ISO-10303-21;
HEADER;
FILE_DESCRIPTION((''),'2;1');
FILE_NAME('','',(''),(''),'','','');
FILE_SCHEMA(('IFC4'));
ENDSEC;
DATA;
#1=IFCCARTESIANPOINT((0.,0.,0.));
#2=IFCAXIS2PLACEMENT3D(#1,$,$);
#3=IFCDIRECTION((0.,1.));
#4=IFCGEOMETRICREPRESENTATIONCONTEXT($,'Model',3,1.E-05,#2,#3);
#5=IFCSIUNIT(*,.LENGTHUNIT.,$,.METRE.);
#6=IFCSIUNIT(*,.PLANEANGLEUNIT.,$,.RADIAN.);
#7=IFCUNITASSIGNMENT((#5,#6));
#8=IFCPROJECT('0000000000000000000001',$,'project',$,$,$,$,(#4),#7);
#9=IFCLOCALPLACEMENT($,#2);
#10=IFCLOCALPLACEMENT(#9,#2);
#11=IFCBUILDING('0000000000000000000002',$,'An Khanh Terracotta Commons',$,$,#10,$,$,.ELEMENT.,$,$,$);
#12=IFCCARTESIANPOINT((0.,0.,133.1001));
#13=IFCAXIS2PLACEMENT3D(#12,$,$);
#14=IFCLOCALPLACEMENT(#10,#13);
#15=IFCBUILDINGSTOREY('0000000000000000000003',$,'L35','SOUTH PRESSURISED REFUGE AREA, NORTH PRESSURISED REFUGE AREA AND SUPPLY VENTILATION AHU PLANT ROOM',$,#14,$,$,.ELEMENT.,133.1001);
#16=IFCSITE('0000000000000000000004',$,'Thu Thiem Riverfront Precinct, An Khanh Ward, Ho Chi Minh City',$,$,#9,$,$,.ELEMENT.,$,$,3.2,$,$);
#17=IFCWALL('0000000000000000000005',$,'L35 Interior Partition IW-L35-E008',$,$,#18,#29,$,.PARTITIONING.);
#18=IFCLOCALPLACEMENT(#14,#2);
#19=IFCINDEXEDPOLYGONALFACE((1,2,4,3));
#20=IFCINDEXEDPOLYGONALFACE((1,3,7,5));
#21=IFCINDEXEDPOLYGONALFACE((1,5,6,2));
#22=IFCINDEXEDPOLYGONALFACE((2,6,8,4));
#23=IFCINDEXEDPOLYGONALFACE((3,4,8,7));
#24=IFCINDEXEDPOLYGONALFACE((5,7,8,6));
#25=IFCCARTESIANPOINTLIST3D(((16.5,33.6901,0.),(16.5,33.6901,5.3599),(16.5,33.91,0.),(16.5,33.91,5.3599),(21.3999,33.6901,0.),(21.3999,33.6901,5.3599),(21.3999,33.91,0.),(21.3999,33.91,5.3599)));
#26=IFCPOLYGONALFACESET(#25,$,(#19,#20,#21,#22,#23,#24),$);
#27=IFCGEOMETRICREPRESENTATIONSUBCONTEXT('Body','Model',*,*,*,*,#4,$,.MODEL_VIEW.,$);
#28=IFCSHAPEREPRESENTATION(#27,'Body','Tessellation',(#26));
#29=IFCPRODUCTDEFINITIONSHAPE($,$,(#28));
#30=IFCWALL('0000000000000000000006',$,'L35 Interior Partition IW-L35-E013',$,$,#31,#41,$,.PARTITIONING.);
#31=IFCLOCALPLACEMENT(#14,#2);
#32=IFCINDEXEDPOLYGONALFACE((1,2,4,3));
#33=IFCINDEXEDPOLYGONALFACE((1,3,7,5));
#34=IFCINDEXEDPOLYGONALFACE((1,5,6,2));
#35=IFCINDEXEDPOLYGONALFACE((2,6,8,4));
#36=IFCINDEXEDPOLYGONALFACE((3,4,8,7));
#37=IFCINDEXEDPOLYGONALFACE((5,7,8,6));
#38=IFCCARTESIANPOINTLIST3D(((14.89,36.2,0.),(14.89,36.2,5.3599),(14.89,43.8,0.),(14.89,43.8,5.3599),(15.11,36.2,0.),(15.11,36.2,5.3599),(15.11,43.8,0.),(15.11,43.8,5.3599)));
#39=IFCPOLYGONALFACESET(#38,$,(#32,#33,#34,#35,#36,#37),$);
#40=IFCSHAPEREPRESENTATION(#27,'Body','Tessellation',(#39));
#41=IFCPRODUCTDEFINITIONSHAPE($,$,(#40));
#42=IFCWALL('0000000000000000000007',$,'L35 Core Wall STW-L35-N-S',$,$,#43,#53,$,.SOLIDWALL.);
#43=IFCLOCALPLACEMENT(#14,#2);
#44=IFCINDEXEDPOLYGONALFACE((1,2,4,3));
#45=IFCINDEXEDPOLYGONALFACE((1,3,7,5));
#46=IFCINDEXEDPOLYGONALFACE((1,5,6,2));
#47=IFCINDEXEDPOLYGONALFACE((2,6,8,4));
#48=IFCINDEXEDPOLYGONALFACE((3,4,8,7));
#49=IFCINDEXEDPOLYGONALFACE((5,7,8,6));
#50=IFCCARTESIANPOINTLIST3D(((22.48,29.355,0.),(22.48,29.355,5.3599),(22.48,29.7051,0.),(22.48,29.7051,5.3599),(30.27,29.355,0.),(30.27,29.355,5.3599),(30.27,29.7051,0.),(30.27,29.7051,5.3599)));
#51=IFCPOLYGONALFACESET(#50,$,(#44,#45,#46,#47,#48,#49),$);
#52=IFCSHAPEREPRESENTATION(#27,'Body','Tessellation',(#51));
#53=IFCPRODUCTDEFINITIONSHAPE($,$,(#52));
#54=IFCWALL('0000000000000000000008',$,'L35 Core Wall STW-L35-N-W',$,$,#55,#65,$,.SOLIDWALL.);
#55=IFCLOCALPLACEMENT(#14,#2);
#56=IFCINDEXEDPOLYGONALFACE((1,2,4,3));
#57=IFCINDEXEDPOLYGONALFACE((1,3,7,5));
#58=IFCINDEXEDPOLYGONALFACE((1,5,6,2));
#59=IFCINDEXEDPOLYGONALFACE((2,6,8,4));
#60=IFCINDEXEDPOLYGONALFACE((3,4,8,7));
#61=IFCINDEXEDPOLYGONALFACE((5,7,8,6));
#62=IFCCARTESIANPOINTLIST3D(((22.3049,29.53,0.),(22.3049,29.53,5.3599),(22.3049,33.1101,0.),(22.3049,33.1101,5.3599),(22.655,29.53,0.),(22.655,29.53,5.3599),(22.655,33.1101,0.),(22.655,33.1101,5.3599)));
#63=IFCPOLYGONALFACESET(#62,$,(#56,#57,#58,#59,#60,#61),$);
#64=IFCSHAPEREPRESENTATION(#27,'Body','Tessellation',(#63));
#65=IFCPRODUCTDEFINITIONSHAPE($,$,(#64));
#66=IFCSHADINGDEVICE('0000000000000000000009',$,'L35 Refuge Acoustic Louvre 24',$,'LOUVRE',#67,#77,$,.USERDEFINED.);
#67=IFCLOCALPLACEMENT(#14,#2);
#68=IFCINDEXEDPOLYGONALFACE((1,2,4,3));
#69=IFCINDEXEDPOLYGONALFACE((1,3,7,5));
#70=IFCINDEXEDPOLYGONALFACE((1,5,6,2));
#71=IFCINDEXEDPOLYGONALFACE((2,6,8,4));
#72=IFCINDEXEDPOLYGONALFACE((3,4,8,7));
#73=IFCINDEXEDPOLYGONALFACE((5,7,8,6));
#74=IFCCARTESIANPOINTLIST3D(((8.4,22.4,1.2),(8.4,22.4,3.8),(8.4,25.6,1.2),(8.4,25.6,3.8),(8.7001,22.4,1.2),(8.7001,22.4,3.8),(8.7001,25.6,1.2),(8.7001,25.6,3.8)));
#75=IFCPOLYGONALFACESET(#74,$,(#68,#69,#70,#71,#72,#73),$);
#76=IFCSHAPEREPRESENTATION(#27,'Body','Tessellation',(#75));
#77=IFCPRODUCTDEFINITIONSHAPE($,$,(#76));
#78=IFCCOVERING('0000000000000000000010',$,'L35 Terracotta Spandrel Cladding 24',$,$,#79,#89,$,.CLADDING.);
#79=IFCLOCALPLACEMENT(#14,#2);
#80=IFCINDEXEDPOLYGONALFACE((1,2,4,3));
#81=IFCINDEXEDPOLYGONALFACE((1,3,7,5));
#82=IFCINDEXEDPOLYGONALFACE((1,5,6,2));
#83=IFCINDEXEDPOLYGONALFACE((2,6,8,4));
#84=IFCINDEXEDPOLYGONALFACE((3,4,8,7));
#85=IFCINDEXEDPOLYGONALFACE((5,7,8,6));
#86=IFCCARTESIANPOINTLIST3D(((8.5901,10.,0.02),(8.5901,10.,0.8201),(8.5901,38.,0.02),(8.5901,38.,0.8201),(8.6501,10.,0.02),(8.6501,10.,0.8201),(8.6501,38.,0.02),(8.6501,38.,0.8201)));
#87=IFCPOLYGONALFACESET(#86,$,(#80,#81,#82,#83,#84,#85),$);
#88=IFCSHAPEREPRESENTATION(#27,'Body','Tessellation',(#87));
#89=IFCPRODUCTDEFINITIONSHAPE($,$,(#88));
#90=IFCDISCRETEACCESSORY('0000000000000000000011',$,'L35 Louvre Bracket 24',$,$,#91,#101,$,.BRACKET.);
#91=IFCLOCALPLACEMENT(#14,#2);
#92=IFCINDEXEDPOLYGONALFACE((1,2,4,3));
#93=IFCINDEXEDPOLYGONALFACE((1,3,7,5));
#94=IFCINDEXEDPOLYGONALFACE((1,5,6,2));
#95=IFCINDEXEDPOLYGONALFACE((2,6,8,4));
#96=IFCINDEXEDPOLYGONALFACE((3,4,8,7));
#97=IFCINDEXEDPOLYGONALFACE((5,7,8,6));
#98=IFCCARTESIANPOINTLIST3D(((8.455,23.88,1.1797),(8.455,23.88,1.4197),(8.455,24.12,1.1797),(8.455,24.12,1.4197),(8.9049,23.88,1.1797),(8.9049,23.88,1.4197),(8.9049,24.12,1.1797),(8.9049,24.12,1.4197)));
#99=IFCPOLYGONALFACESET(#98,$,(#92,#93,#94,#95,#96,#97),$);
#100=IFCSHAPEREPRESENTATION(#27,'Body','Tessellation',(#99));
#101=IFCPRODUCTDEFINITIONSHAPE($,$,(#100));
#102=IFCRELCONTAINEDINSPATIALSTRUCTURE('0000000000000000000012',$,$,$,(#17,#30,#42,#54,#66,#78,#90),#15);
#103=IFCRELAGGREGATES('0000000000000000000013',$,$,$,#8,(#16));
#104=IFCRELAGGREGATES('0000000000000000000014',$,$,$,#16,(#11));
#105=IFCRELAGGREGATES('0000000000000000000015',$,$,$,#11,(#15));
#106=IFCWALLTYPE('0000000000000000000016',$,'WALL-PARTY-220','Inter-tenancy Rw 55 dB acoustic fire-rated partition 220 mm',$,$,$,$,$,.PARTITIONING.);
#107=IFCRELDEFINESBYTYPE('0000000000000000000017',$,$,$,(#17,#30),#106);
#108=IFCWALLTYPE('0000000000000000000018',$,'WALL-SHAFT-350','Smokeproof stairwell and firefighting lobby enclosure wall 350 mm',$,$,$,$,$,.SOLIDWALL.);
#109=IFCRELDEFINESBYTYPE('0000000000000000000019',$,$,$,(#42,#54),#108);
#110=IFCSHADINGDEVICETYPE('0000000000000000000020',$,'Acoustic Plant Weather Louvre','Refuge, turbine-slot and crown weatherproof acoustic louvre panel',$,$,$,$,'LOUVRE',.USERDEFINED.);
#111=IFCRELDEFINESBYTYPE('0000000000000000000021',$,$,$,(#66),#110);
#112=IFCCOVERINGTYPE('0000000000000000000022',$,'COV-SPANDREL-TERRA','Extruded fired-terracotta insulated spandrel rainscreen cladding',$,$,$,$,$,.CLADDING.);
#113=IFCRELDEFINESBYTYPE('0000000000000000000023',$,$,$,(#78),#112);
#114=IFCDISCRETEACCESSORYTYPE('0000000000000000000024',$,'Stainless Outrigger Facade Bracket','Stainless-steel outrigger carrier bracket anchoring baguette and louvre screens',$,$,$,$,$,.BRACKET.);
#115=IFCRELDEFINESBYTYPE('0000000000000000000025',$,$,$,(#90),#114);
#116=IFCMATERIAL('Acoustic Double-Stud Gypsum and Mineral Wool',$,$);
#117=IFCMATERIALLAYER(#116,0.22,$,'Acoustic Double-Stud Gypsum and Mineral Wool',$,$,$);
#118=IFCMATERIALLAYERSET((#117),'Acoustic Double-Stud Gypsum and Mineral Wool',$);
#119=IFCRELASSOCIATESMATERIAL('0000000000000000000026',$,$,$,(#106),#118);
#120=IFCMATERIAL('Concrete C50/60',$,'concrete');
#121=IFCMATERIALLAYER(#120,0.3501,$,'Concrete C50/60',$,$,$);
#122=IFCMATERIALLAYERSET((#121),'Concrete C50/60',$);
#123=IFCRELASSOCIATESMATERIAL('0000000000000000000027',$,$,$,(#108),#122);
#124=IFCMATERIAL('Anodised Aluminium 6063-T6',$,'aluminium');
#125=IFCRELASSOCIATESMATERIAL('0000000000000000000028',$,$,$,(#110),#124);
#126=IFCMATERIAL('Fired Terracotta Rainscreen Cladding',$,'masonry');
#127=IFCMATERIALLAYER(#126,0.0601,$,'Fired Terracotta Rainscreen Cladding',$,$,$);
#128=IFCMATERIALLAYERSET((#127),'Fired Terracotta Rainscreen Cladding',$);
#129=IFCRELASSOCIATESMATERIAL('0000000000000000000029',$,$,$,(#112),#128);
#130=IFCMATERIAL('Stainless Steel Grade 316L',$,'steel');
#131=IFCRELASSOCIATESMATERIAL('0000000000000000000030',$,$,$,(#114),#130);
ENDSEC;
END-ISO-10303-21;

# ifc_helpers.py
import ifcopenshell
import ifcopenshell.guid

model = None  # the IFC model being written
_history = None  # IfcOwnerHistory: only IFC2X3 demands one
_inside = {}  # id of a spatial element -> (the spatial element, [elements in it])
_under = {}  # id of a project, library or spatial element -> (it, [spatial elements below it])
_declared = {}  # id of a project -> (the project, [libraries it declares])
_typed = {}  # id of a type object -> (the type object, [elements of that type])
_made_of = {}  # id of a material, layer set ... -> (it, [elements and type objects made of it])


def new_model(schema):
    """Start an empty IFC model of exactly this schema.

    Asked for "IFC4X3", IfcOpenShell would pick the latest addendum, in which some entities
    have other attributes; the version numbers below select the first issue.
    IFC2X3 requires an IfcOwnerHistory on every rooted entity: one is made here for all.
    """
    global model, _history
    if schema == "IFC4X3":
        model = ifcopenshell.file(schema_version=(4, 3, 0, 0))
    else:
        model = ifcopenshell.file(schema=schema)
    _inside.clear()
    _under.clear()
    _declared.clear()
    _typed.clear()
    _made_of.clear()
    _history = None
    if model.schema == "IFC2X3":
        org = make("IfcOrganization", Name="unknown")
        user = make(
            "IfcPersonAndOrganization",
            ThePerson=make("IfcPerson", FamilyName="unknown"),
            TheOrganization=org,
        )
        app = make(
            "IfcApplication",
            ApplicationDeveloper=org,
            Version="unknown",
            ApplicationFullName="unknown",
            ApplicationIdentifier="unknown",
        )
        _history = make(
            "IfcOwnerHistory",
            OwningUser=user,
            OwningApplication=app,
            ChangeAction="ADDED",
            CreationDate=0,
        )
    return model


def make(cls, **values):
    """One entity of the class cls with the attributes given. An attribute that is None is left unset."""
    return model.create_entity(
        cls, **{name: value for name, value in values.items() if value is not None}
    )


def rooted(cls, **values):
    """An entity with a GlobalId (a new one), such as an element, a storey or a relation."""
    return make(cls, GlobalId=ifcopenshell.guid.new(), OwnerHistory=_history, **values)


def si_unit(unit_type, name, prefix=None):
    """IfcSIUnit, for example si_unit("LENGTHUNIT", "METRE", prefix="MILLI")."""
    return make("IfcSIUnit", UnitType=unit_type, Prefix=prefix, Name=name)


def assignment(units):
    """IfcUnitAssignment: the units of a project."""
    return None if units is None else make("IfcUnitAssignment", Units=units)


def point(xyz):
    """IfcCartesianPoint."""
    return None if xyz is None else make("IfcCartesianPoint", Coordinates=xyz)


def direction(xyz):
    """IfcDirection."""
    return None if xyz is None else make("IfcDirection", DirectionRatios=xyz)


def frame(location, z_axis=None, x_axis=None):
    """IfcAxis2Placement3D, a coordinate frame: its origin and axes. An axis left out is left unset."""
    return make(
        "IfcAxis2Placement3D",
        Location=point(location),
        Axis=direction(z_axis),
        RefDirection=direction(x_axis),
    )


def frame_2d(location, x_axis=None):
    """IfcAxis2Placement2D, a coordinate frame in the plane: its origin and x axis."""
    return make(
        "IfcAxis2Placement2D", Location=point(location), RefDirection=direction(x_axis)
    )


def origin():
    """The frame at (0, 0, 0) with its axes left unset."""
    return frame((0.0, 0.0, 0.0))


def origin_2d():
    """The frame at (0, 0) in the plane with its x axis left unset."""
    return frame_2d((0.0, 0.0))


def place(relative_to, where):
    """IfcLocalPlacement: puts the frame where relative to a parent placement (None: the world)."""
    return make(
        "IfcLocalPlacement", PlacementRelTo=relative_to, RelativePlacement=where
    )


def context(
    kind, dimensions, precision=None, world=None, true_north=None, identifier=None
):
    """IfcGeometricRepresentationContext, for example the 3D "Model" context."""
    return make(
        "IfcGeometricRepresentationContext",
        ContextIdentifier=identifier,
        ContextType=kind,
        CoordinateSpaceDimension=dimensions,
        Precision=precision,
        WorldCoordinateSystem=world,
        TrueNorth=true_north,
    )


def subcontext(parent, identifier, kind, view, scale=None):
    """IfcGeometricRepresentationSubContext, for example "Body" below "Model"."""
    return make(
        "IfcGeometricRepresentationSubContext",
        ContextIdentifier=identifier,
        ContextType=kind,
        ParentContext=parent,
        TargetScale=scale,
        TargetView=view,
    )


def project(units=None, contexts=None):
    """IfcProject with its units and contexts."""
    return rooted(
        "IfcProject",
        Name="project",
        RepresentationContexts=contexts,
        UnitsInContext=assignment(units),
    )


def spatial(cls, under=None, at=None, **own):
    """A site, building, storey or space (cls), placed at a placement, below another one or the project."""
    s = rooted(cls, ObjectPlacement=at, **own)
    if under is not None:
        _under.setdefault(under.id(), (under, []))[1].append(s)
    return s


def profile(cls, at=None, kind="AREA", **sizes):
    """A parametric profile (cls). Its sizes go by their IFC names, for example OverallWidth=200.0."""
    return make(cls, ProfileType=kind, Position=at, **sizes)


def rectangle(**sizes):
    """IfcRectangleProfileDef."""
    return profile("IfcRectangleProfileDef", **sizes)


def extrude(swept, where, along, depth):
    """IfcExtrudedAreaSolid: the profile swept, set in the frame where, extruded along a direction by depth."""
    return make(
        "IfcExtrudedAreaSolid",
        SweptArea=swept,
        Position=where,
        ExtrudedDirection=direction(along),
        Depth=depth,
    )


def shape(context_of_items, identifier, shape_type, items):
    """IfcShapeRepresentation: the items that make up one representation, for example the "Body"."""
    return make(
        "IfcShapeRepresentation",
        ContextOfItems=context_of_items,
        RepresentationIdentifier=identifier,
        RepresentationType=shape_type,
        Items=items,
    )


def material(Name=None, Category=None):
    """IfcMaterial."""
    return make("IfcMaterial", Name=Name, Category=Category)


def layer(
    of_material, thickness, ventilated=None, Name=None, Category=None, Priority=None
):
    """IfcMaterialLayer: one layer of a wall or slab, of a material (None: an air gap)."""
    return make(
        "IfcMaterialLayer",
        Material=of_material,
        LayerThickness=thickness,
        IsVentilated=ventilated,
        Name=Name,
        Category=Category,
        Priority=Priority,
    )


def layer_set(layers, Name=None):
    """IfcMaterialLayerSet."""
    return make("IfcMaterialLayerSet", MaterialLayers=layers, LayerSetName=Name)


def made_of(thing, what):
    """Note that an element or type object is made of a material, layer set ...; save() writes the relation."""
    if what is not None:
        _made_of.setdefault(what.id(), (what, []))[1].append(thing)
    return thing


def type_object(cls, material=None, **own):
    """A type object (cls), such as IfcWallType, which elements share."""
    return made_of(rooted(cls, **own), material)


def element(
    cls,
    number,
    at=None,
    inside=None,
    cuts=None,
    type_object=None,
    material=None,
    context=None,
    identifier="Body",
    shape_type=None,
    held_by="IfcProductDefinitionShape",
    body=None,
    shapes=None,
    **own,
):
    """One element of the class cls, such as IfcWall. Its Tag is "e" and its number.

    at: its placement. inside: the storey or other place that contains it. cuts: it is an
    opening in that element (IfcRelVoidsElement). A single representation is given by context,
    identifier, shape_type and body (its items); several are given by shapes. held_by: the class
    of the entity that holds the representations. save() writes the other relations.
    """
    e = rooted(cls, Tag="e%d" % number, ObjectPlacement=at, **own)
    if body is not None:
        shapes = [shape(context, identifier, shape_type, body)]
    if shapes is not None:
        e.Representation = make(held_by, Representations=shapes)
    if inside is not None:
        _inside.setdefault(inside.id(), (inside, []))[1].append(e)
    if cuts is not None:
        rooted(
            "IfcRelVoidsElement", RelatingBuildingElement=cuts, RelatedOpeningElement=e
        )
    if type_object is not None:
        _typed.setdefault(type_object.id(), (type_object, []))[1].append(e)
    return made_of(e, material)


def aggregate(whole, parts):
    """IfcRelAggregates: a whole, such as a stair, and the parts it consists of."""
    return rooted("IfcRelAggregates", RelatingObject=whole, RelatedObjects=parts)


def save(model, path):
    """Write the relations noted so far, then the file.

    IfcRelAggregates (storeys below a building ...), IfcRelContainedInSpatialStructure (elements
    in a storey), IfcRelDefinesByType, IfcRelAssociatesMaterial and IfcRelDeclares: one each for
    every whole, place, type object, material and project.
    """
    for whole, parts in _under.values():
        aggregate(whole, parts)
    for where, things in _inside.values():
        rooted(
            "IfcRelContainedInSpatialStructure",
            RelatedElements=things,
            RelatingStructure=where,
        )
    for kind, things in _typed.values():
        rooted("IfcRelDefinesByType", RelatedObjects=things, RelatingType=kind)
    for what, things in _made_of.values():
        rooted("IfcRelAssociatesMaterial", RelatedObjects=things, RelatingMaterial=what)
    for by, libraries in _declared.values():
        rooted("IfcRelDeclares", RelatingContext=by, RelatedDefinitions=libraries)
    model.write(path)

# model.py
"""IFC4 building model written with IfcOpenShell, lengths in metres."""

from ifc_helpers import new_model, si_unit, direction, frame, frame_2d, origin, origin_2d, place, context, subcontext, project, spatial, rectangle, extrude, material, layer, layer_set, type_object, element, save


model = new_model("IFC4")

# Units and contexts
model_context = context("Model", 3, precision=1e-05, world=origin(), true_north=direction((0.0, 1.0)))
body_context = subcontext(model_context, "Body", "Model", "MODEL_VIEW")
ifc_project = project(units=[si_unit("LENGTHUNIT", "METRE"), si_unit("PLANEANGLEUNIT", "RADIAN")], contexts=[model_context])

# Site, building, storey
site_placement = place(None, origin())
site = spatial("IfcSite", under=ifc_project, at=site_placement, Name="Thu Thiem Riverfront Precinct, An Khanh Ward, Ho Chi Minh City", CompositionType="ELEMENT", RefElevation=3.2)
building_placement = place(site_placement, origin())
building = spatial("IfcBuilding", under=site, at=building_placement, Name="An Khanh Terracotta Commons", CompositionType="ELEMENT")
storey_placement = place(building_placement, frame((0.0, 0.0, 133.1001)))
storey = spatial("IfcBuildingStorey", under=building, at=storey_placement, Name="L35", Description="SOUTH PRESSURISED REFUGE AREA, NORTH PRESSURISED REFUGE AREA AND SUPPLY VENTILATION AHU PLANT ROOM", CompositionType="ELEMENT", Elevation=133.1001)

# Walls
ifc_material_1 = material(Name="Acoustic Double-Stud Gypsum and Mineral Wool")
ifc_layer_1 = layer(ifc_material_1, 0.22, Name="Acoustic Double-Stud Gypsum and Mineral Wool")
ifc_layer_set_1 = layer_set([ifc_layer_1], Name="Acoustic Double-Stud Gypsum and Mineral Wool")
wall_type_1 = type_object("IfcWallType", Name="WALL-PARTY-220", Description="Inter-tenancy Rw 55 dB acoustic fire-rated partition 220 mm", PredefinedType="PARTITIONING", material=ifc_layer_set_1)
wall_1_placement = place(storey_placement, frame((16.5, 33.8, 0.0), z_axis=(0.0, 0.0, 1.0), x_axis=(1.0, 0.0, 0.0)))
element("IfcWall", 1, at=wall_1_placement, inside=storey, type_object=wall_type_1, Name="L35 Interior Partition IW-L35-E008", PredefinedType="PARTITIONING", context=body_context, shape_type="SweptSolid", body=[
    extrude(rectangle(XDim=4.8999, YDim=0.22, at=frame_2d((2.45, 0.0))), origin(), (0.0, 0.0, 1.0), 5.3599),
])
wall_2_placement = place(storey_placement, frame((15.0, 36.2, 0.0), z_axis=(0.0, 0.0, 1.0), x_axis=(0.0, 1.0, 0.0)))
element("IfcWall", 2, at=wall_2_placement, inside=storey, type_object=wall_type_1, Name="L35 Interior Partition IW-L35-E013", PredefinedType="PARTITIONING", context=body_context, shape_type="SweptSolid", body=[
    extrude(rectangle(XDim=7.6001, YDim=0.22, at=frame_2d((3.8, 0.0))), origin(), (0.0, 0.0, 1.0), 5.3599),
])
ifc_material_2 = material(Name="Concrete C50/60", Category="concrete")
ifc_layer_2 = layer(ifc_material_2, 0.3501, Name="Concrete C50/60")
ifc_layer_set_2 = layer_set([ifc_layer_2], Name="Concrete C50/60")
wall_type_2 = type_object("IfcWallType", Name="WALL-SHAFT-350", Description="Smokeproof stairwell and firefighting lobby enclosure wall 350 mm", PredefinedType="SOLIDWALL", material=ifc_layer_set_2)
wall_3_placement = place(storey_placement, frame((22.48, 29.53, 0.0), z_axis=(0.0, 0.0, 1.0), x_axis=(1.0, 0.0, 0.0)))
element("IfcWall", 3, at=wall_3_placement, inside=storey, type_object=wall_type_2, Name="L35 Core Wall STW-L35-N-S", PredefinedType="SOLIDWALL", context=body_context, shape_type="SweptSolid", body=[
    extrude(rectangle(XDim=7.79, YDim=0.3501, at=frame_2d((3.895, 0.0))), origin(), (0.0, 0.0, 1.0), 5.3599),
])
wall_4_placement = place(storey_placement, frame((22.48, 29.53, 0.0), z_axis=(0.0, 0.0, 1.0), x_axis=(0.0, 1.0, 0.0)))
element("IfcWall", 4, at=wall_4_placement, inside=storey, type_object=wall_type_2, Name="L35 Core Wall STW-L35-N-W", PredefinedType="SOLIDWALL", context=body_context, shape_type="SweptSolid", body=[
    extrude(rectangle(XDim=3.5801, YDim=0.3501, at=frame_2d((1.79, 0.0))), origin(), (0.0, 0.0, 1.0), 5.3599),
])

# Shading device
ifc_material_3 = material(Name="Anodised Aluminium 6063-T6", Category="aluminium")
shading_device_type = type_object("IfcShadingDeviceType", Name="Acoustic Plant Weather Louvre", Description="Refuge, turbine-slot and crown weatherproof acoustic louvre panel", ElementType="LOUVRE", PredefinedType="USERDEFINED", material=ifc_material_3)
shading_device_placement = place(storey_placement, frame((8.55, 24.0, 1.2), z_axis=(0.0, 0.0, 1.0), x_axis=(0.0, -1.0, 0.0)))
element("IfcShadingDevice", 5, at=shading_device_placement, inside=storey, type_object=shading_device_type, Name="L35 Refuge Acoustic Louvre 24", ObjectType="LOUVRE", PredefinedType="USERDEFINED", context=body_context, shape_type="SweptSolid", body=[
    extrude(rectangle(XDim=3.2, YDim=0.3, at=origin_2d()), origin(), (0.0, 0.0, 1.0), 2.6001),
])

# Covering
ifc_material_4 = material(Name="Fired Terracotta Rainscreen Cladding", Category="masonry")
ifc_layer_3 = layer(ifc_material_4, 0.0601, Name="Fired Terracotta Rainscreen Cladding")
ifc_layer_set_3 = layer_set([ifc_layer_3], Name="Fired Terracotta Rainscreen Cladding")
covering_type = type_object("IfcCoveringType", Name="COV-SPANDREL-TERRA", Description="Extruded fired-terracotta insulated spandrel rainscreen cladding", PredefinedType="CLADDING", material=ifc_layer_set_3)
covering_placement = place(storey_placement, frame((8.6201, 24.0, 0.02), z_axis=(0.0, 0.0, 1.0), x_axis=(0.0, -1.0, 0.0)))
element("IfcCovering", 6, at=covering_placement, inside=storey, type_object=covering_type, Name="L35 Terracotta Spandrel Cladding 24", PredefinedType="CLADDING", context=body_context, shape_type="SweptSolid", body=[
    extrude(rectangle(XDim=28.0, YDim=0.0601, at=origin_2d()), origin(), (0.0, 0.0, 1.0), 0.8),
])

# Discrete accessory
ifc_material_5 = material(Name="Stainless Steel Grade 316L", Category="steel")
discrete_accessory_type = type_object("IfcDiscreteAccessoryType", Name="Stainless Outrigger Facade Bracket", Description="Stainless-steel outrigger carrier bracket anchoring baguette and louvre screens", PredefinedType="BRACKET", material=ifc_material_5)
discrete_accessory_placement = place(storey_placement, frame((8.6799, 24.0, 1.1797), z_axis=(0.0, 0.0, 1.0), x_axis=(0.0, -1.0, 0.0)))
element("IfcDiscreteAccessory", 7, at=discrete_accessory_placement, inside=storey, type_object=discrete_accessory_type, Name="L35 Louvre Bracket 24", PredefinedType="BRACKET", context=body_context, shape_type="SweptSolid", body=[
    extrude(rectangle(XDim=0.24, YDim=0.45, at=origin_2d()), origin(), (0.0, 0.0, 1.0), 0.24),
])

save(model, "model.ifc")
